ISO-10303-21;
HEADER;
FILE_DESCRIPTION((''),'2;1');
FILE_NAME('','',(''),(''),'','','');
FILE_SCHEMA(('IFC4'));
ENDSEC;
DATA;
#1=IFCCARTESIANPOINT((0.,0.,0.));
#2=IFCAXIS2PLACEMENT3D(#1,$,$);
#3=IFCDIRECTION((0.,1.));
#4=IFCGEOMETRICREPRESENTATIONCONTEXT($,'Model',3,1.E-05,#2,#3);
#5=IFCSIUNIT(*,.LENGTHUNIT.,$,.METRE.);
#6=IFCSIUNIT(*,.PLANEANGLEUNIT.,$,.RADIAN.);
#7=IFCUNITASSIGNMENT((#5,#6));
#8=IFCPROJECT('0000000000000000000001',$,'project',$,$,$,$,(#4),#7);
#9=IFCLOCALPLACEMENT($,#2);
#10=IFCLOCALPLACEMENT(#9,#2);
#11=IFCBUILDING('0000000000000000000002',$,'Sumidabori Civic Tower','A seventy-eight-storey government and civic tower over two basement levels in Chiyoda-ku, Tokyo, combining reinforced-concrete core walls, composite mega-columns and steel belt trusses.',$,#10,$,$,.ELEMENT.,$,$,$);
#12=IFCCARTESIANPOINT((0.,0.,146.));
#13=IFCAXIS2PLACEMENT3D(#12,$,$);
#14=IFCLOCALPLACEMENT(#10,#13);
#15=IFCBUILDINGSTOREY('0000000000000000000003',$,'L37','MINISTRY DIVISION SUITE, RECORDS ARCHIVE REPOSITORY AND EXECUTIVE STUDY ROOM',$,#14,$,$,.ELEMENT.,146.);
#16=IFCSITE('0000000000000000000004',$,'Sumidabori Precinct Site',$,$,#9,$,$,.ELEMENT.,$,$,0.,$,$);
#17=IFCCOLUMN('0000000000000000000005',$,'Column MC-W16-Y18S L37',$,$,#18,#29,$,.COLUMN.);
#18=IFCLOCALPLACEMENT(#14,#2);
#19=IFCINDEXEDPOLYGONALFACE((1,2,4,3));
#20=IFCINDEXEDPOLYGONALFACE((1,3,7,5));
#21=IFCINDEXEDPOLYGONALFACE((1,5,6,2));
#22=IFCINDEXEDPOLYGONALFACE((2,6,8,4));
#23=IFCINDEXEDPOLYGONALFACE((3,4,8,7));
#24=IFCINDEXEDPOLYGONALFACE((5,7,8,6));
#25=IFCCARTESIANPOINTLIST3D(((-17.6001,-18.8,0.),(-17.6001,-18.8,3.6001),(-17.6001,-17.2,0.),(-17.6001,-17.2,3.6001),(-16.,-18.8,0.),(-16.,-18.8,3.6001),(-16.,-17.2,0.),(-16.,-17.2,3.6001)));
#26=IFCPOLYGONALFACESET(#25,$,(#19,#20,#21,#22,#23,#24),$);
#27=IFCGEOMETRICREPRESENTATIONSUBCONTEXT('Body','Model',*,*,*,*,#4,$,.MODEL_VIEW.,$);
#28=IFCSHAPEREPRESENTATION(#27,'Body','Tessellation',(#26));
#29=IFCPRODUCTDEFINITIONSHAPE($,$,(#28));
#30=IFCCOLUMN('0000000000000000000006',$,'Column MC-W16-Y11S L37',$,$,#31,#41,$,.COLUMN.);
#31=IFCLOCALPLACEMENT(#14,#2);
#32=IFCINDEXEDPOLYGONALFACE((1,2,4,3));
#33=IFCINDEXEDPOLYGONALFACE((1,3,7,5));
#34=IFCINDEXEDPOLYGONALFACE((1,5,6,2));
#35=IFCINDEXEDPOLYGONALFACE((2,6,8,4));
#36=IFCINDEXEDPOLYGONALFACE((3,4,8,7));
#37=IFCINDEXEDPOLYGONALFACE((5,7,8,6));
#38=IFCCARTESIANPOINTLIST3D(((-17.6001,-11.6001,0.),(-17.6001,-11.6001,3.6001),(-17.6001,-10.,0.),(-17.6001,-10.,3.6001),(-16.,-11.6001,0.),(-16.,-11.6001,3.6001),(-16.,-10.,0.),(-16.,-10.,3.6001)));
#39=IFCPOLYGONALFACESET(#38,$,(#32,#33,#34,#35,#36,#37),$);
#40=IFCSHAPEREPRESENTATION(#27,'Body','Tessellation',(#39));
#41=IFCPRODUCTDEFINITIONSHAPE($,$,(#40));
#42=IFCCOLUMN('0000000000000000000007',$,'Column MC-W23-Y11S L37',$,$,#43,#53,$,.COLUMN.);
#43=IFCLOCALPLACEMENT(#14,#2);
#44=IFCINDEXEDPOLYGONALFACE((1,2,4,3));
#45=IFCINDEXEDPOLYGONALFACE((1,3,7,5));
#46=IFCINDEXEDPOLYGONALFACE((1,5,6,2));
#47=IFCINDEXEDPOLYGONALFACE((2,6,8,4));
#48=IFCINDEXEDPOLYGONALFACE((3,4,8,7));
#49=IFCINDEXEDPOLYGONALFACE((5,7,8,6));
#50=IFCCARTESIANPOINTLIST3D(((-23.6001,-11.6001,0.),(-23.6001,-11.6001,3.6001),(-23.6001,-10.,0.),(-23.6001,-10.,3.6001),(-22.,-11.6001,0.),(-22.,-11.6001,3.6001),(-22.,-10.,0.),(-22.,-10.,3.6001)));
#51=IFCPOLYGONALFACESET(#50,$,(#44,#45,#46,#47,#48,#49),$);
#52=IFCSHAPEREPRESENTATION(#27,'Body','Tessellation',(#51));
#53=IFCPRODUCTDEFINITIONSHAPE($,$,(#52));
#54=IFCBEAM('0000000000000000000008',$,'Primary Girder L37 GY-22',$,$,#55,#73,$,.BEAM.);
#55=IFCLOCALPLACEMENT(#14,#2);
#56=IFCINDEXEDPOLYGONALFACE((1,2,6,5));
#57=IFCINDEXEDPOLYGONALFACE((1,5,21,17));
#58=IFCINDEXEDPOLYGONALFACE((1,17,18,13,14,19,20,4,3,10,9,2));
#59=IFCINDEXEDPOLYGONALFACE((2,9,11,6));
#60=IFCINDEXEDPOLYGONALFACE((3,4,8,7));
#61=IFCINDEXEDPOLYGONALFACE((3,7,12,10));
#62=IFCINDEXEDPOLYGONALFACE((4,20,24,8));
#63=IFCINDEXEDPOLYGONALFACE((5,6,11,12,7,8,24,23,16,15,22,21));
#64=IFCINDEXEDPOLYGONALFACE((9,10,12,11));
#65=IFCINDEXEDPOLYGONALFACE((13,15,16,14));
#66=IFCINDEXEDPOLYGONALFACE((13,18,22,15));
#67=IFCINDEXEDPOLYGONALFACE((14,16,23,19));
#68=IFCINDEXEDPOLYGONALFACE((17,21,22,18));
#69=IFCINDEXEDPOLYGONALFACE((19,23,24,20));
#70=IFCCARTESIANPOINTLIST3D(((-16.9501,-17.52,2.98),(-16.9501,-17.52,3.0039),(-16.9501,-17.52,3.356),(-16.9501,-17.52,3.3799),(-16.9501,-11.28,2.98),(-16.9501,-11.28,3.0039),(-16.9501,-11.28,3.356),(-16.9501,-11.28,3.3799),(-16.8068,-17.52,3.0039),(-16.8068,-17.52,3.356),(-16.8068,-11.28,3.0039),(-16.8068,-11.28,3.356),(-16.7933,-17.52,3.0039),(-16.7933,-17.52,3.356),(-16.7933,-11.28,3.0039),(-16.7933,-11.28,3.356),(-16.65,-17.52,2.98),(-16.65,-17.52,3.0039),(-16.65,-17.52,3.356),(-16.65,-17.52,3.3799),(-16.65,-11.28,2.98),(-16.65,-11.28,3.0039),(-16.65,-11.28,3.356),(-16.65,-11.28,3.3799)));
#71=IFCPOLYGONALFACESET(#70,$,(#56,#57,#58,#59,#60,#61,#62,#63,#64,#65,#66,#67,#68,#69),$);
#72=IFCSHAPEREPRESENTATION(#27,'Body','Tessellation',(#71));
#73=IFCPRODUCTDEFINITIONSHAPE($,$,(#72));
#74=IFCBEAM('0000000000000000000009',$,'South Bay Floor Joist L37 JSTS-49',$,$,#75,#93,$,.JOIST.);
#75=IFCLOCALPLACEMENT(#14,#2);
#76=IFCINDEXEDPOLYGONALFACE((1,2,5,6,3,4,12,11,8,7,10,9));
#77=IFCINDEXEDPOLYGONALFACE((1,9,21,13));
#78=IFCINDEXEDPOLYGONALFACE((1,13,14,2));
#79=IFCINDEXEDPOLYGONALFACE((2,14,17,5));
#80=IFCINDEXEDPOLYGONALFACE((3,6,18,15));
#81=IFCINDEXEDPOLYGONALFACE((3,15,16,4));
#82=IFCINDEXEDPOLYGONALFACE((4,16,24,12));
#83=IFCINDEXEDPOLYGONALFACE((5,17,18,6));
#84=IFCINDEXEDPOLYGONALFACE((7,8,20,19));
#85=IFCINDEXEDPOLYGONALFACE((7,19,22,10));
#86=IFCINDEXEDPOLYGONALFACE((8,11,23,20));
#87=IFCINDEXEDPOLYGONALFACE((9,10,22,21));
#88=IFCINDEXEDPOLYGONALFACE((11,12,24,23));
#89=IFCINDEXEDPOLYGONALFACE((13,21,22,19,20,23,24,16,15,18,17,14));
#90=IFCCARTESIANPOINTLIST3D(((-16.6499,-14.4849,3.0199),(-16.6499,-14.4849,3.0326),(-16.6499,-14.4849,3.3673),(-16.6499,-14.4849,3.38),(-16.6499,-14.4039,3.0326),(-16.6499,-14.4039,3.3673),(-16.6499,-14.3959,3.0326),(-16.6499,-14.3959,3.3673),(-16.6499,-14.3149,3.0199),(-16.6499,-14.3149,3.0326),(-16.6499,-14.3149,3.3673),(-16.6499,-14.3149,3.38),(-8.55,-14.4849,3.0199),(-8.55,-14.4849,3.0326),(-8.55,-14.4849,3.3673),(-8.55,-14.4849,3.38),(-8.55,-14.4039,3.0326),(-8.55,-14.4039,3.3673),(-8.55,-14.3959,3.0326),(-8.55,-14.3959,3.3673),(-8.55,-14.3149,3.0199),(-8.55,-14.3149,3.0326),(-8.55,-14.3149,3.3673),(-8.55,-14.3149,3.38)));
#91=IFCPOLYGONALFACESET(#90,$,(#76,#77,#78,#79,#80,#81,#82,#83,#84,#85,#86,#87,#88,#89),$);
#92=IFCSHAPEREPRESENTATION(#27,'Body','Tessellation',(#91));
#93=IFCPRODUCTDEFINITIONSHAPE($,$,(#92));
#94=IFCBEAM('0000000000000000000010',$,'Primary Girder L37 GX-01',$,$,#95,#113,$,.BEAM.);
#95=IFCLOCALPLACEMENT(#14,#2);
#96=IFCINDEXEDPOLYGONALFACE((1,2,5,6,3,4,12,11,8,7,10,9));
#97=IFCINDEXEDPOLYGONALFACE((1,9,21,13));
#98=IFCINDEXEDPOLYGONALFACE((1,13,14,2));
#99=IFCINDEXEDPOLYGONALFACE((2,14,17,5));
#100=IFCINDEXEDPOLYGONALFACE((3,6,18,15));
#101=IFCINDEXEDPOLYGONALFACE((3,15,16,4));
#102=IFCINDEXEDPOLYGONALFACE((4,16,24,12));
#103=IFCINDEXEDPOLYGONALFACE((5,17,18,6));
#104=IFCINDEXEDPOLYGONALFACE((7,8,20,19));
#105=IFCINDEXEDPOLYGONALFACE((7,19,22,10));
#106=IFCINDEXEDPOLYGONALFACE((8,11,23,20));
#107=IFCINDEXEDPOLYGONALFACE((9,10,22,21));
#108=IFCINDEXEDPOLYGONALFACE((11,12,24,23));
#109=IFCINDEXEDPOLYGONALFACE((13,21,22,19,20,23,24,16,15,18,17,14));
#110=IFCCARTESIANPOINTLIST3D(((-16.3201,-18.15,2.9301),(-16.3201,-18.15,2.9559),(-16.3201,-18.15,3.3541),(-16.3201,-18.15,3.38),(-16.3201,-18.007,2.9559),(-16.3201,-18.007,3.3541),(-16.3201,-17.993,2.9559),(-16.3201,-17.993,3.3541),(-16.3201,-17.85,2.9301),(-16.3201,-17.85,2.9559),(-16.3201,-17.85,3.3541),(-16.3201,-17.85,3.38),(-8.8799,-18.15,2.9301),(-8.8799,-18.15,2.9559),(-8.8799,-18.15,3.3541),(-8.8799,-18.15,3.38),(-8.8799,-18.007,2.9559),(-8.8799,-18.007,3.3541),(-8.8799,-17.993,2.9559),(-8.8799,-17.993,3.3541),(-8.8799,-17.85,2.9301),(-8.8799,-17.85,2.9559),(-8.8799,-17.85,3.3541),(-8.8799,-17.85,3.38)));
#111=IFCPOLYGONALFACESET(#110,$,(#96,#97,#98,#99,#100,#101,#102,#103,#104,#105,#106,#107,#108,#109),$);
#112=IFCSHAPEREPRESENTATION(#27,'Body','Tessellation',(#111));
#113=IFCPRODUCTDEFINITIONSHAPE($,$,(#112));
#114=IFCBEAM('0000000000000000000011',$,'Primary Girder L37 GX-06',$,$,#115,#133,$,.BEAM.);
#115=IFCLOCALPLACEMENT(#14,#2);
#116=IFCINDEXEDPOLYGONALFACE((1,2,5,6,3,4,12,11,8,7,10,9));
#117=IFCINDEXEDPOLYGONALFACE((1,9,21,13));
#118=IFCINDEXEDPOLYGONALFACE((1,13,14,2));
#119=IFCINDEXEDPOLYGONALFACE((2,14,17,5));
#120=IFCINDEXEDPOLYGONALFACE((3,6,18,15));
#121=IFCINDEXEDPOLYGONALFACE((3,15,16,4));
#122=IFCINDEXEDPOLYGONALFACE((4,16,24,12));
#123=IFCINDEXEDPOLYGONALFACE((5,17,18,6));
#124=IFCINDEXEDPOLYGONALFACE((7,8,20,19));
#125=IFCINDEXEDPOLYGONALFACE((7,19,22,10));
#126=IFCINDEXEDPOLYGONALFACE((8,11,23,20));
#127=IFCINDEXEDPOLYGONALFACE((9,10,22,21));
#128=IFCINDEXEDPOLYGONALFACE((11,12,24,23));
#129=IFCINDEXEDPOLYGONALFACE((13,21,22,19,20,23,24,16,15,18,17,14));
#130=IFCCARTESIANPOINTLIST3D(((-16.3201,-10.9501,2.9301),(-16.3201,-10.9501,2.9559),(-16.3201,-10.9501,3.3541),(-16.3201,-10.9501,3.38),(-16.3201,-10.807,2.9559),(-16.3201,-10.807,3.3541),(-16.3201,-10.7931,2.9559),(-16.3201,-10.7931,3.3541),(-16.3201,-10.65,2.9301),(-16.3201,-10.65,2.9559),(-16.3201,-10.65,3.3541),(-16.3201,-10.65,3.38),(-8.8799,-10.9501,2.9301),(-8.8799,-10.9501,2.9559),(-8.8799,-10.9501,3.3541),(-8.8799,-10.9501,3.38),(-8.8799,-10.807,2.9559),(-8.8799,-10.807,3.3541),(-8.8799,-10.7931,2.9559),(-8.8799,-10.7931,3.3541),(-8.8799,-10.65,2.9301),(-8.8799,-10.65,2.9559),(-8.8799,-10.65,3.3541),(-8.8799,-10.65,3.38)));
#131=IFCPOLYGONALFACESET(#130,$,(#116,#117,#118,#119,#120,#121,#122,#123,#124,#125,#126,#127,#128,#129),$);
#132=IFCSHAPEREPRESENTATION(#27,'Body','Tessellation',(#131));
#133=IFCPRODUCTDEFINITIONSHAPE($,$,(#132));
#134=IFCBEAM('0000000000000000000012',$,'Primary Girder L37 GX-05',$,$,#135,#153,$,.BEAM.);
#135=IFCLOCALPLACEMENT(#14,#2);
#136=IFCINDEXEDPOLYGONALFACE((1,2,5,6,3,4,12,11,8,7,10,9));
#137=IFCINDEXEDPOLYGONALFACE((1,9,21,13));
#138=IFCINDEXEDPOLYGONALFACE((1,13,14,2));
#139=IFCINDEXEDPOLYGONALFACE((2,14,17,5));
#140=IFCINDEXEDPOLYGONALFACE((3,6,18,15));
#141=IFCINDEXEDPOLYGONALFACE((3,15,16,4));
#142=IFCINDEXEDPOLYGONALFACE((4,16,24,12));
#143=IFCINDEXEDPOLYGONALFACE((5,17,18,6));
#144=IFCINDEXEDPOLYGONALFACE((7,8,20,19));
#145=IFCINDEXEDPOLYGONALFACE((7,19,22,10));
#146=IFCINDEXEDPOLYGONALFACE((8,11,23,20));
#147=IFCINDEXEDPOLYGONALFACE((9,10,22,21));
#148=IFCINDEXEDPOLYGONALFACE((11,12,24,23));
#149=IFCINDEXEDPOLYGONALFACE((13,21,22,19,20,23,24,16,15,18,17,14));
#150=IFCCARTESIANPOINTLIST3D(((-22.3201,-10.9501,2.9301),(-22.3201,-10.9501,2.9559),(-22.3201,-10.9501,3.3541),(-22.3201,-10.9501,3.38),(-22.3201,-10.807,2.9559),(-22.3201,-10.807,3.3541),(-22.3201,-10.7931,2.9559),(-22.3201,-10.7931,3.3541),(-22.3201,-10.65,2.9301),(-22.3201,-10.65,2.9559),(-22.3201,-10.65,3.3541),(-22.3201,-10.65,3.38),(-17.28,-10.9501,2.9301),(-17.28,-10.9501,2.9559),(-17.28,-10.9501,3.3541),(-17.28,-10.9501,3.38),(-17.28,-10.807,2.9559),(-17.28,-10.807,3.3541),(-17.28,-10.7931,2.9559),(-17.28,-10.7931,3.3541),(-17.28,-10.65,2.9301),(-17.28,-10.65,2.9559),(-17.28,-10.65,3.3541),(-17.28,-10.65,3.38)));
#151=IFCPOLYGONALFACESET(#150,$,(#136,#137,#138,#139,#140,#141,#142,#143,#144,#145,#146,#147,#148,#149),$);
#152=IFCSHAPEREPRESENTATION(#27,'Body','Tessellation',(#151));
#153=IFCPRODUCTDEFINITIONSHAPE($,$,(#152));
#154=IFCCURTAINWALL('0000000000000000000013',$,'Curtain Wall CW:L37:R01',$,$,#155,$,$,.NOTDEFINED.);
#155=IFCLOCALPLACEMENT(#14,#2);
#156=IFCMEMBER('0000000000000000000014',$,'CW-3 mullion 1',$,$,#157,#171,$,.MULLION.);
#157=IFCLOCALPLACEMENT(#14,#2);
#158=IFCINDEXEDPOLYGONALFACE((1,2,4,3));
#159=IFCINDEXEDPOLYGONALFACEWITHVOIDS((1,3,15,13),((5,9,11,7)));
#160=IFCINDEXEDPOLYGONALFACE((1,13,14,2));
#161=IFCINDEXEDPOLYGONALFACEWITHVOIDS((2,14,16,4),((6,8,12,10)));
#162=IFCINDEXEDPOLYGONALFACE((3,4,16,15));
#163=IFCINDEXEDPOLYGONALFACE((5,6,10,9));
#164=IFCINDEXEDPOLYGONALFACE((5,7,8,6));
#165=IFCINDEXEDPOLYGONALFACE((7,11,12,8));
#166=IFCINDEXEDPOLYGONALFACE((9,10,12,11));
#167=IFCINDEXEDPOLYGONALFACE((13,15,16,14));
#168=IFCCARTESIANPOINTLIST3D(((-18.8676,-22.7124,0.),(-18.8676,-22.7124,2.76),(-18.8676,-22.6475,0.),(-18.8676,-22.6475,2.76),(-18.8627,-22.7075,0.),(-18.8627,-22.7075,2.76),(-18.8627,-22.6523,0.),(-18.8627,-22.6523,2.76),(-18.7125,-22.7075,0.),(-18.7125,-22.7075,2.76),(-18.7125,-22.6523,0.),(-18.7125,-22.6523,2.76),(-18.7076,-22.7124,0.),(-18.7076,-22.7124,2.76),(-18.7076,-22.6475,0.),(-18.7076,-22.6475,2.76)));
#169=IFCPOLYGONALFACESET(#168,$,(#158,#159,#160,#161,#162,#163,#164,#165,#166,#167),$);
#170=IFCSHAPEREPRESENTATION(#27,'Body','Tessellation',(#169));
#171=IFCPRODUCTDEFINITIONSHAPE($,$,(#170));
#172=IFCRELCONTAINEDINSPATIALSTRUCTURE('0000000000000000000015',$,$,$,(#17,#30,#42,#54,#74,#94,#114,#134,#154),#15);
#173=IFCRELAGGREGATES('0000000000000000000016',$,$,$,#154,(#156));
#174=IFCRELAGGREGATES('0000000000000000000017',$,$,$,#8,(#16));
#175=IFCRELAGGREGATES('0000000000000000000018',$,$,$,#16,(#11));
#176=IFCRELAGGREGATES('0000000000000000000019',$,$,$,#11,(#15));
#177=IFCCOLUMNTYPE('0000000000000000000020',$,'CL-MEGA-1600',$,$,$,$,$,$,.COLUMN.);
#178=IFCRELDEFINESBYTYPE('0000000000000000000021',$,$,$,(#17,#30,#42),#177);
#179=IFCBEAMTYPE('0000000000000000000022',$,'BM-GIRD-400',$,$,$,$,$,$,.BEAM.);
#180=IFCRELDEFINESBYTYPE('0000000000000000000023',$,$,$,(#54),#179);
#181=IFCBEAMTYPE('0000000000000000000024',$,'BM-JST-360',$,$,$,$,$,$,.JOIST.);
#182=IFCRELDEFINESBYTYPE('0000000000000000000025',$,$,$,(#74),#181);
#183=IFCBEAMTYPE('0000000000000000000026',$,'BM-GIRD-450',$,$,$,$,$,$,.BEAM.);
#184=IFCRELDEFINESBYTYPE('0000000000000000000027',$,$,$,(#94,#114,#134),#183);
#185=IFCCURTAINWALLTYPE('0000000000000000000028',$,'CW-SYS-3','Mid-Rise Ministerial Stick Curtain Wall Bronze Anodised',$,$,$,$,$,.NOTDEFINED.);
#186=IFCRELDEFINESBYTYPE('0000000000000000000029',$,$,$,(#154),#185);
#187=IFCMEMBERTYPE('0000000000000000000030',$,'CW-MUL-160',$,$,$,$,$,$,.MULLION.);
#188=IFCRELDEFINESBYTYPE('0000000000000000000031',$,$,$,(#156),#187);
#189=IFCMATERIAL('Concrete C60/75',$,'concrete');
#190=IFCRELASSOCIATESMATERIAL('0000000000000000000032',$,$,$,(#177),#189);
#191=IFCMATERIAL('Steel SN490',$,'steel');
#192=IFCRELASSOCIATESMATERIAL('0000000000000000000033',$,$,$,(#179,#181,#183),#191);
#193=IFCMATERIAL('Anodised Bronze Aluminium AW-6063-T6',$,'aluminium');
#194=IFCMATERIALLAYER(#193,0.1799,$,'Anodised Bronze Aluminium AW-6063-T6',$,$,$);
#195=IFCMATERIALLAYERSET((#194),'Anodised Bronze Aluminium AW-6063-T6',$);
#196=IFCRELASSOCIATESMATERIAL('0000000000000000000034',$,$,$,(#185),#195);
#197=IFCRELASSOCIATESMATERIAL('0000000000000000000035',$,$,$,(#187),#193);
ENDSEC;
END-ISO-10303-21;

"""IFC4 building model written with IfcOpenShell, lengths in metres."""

from ifc_helpers import new_model, si_unit, direction, frame, origin, origin_2d, place, context, subcontext, project, spatial, rectangle, hollow_rectangle, i_section, extrude, source, transform, mapped, material, layer, layer_set, material_profile, profile_set, type_object, element, aggregate, save


model = new_model("IFC4")

# Units and contexts
model_context = context("Model", 3, precision=1e-05, world=origin(), true_north=direction((0.0, 1.0)))
body_context = subcontext(model_context, "Body", "Model", "MODEL_VIEW")
ifc_project = project(units=[si_unit("LENGTHUNIT", "METRE"), si_unit("PLANEANGLEUNIT", "RADIAN")], contexts=[model_context])

# Site, building, storey
site_placement = place(None, origin())
site = spatial("IfcSite", under=ifc_project, at=site_placement, Name="Sumidabori Precinct Site", CompositionType="ELEMENT", RefElevation=0.0)
building_placement = place(site_placement, origin())
building = spatial("IfcBuilding", under=site, at=building_placement, Name="Sumidabori Civic Tower", Description="A seventy-eight-storey government and civic tower over two basement levels in Chiyoda-ku, Tokyo, combining reinforced-concrete core walls, composite mega-columns and steel belt trusses.", CompositionType="ELEMENT")
storey_placement = place(building_placement, frame((0.0, 0.0, 146.0)))
storey = spatial("IfcBuildingStorey", under=building, at=storey_placement, Name="L37", Description="MINISTRY DIVISION SUITE, RECORDS ARCHIVE REPOSITORY AND EXECUTIVE STUDY ROOM", CompositionType="ELEMENT", Elevation=146.0)

# Columns
ifc_material_1 = material(Name="Concrete C60/75", Category="concrete")
ifc_material_profile_1 = material_profile(ifc_material_1, rectangle(XDim=1.6001, YDim=1.6001, at=origin_2d()), Name="RC 1600x1600")
ifc_profile_set_1 = profile_set([ifc_material_profile_1], Name="Concrete C60/75")
column_type = type_object("IfcColumnType", Name="CL-MEGA-1600", PredefinedType="COLUMN", material=ifc_profile_set_1)
shared_shape_1 = source(origin(), body_context, "Body", "SweptSolid", [
    extrude(rectangle(XDim=1.6001, YDim=1.6001, at=origin_2d()), origin(), (0.0, 0.0, 1.0), 3.6001),
])
for number, where, z_axis, x_axis, name in (
    (1, (-16.8, -18.0, 0.0), (0.0, 0.0, 1.0), (1.0, 0.0, 0.0), "Column MC-W16-Y18S L37"),
    (2, (-16.8, -10.8, 0.0), (0.0, 0.0, 1.0), (1.0, 0.0, 0.0), "Column MC-W16-Y11S L37"),
    (3, (-22.8, -10.8, 0.0), (0.0, 0.0, 1.0), (1.0, 0.0, 0.0), "Column MC-W23-Y11S L37"),
):
    element("IfcColumn", number, at=place(storey_placement, frame(where, z_axis=z_axis, x_axis=x_axis)), inside=storey, type_object=column_type, Name=name, PredefinedType="COLUMN", context=body_context, shape_type="MappedRepresentation", body=[
        mapped(shared_shape_1, transform((0.0, 0.0, 0.0), x_axis=(1.0, 0.0, 0.0), y_axis=(0.0, 1.0, 0.0), z_axis=(0.0, 0.0, 1.0), scale=1.0)),
    ])

# Beams
ifc_material_2 = material(Name="Steel SN490", Category="steel")
ifc_material_profile_2 = material_profile(ifc_material_2, i_section(OverallWidth=0.3, OverallDepth=0.3999, WebThickness=0.0134, FlangeThickness=0.0239, at=origin_2d()), Name="HE 400 B")
ifc_profile_set_2 = profile_set([ifc_material_profile_2], Name="Steel SN490")
beam_type_1 = type_object("IfcBeamType", Name="BM-GIRD-400", PredefinedType="BEAM", material=ifc_profile_set_2)
shared_shape_2 = source(origin(), body_context, "Body", "SweptSolid", [
    extrude(i_section(OverallWidth=0.3, OverallDepth=0.3999, WebThickness=0.0134, FlangeThickness=0.0239, at=origin_2d()), origin(), (0.0, 0.0, 1.0), 6.24),
])
beam_1_placement = place(storey_placement, frame((-16.8, -17.52, 3.1799), z_axis=(0.0, 1.0, 0.0), x_axis=(-1.0, 0.0, 0.0)))
element("IfcBeam", 4, at=beam_1_placement, inside=storey, type_object=beam_type_1, Name="Primary Girder L37 GY-22", PredefinedType="BEAM", context=body_context, shape_type="MappedRepresentation", body=[
    mapped(shared_shape_2, transform((0.0, 0.0, 0.0), x_axis=(1.0, 0.0, 0.0), y_axis=(0.0, 1.0, 0.0), z_axis=(0.0, 0.0, 1.0), scale=1.0)),
])
ifc_material_profile_3 = material_profile(ifc_material_2, i_section(OverallWidth=0.1699, OverallDepth=0.3601, WebThickness=0.0081, FlangeThickness=0.0127, at=origin_2d()), Name="IPE 360")
ifc_profile_set_3 = profile_set([ifc_material_profile_3], Name="Steel SN490")
beam_type_2 = type_object("IfcBeamType", Name="BM-JST-360", PredefinedType="JOIST", material=ifc_profile_set_3)
shared_shape_3 = source(origin(), body_context, "Body", "SweptSolid", [
    extrude(i_section(OverallWidth=0.1699, OverallDepth=0.3601, WebThickness=0.0081, FlangeThickness=0.0127, at=origin_2d()), origin(), (0.0, 0.0, 1.0), 8.0999),
])
beam_2_placement = place(storey_placement, frame((-16.6499, -14.3999, 3.2), z_axis=(1.0, 0.0, 0.0), x_axis=(0.0, 1.0, 0.0)))
element("IfcBeam", 5, at=beam_2_placement, inside=storey, type_object=beam_type_2, Name="South Bay Floor Joist L37 JSTS-49", PredefinedType="JOIST", context=body_context, shape_type="MappedRepresentation", body=[
    mapped(shared_shape_3, transform((0.0, 0.0, 0.0), x_axis=(1.0, 0.0, 0.0), y_axis=(0.0, 1.0, 0.0), z_axis=(0.0, 0.0, 1.0), scale=1.0)),
])
ifc_material_profile_4 = material_profile(ifc_material_2, i_section(OverallWidth=0.3, OverallDepth=0.45, WebThickness=0.0139, FlangeThickness=0.0259, at=origin_2d()), Name="HE 450 B")
ifc_profile_set_4 = profile_set([ifc_material_profile_4], Name="Steel SN490")
beam_type_3 = type_object("IfcBeamType", Name="BM-GIRD-450", PredefinedType="BEAM", material=ifc_profile_set_4)
shared_shape_4 = source(origin(), body_context, "Body", "SweptSolid", [
    extrude(i_section(OverallWidth=0.3, OverallDepth=0.45, WebThickness=0.0139, FlangeThickness=0.0259, at=origin_2d()), origin(), (0.0, 0.0, 1.0), 7.4402),
])
for number, where, z_axis, x_axis, name in (
    (6, (-16.3201, -18.0, 3.155), (1.0, 0.0, 0.0), (0.0, 1.0, 0.0), "Primary Girder L37 GX-01"),
    (7, (-16.3201, -10.8, 3.155), (1.0, 0.0, 0.0), (0.0, 1.0, 0.0), "Primary Girder L37 GX-06"),
):
    element("IfcBeam", number, at=place(storey_placement, frame(where, z_axis=z_axis, x_axis=x_axis)), inside=storey, type_object=beam_type_3, Name=name, PredefinedType="BEAM", context=body_context, shape_type="MappedRepresentation", body=[
        mapped(shared_shape_4, transform((0.0, 0.0, 0.0), x_axis=(1.0, 0.0, 0.0), y_axis=(0.0, 1.0, 0.0), z_axis=(0.0, 0.0, 1.0), scale=1.0)),
    ])
shared_shape_5 = source(origin(), body_context, "Body", "SweptSolid", [
    extrude(i_section(OverallWidth=0.3, OverallDepth=0.45, WebThickness=0.0139, FlangeThickness=0.0259, at=origin_2d()), origin(), (0.0, 0.0, 1.0), 5.04),
])
beam_3_placement = place(storey_placement, frame((-22.3201, -10.8, 3.155), z_axis=(1.0, 0.0, 0.0), x_axis=(0.0, 1.0, 0.0)))
element("IfcBeam", 8, at=beam_3_placement, inside=storey, type_object=beam_type_3, Name="Primary Girder L37 GX-05", PredefinedType="BEAM", context=body_context, shape_type="MappedRepresentation", body=[
    mapped(shared_shape_5, transform((0.0, 0.0, 0.0), x_axis=(1.0, 0.0, 0.0), y_axis=(0.0, 1.0, 0.0), z_axis=(0.0, 0.0, 1.0), scale=1.0)),
])

# Curtain wall, member
ifc_material_3 = material(Name="Anodised Bronze Aluminium AW-6063-T6", Category="aluminium")
ifc_layer_1 = layer(ifc_material_3, 0.1799, Name="Anodised Bronze Aluminium AW-6063-T6")
ifc_layer_set_1 = layer_set([ifc_layer_1], Name="Anodised Bronze Aluminium AW-6063-T6")
curtain_wall_type = type_object("IfcCurtainWallType", Name="CW-SYS-3", Description="Mid-Rise Ministerial Stick Curtain Wall Bronze Anodised", PredefinedType="NOTDEFINED", material=ifc_layer_set_1)
curtain_wall_1_placement = place(storey_placement, origin())
curtain_wall_1 = element("IfcCurtainWall", 9, at=curtain_wall_1_placement, inside=storey, type_object=curtain_wall_type, Name="Curtain Wall CW:L37:R01", PredefinedType="NOTDEFINED")
ifc_material_profile_5 = material_profile(ifc_material_3, hollow_rectangle(XDim=0.0649, YDim=0.1599, WallThickness=0.0049, at=origin_2d()), Name="ALU MULLION 160x65")
ifc_profile_set_5 = profile_set([ifc_material_profile_5], Name="Anodised Bronze Aluminium AW-6063-T6")
member_type_1 = type_object("IfcMemberType", Name="CW-MUL-160", PredefinedType="MULLION", material=ifc_profile_set_5)
shared_shape_6 = source(origin(), body_context, "Body", "SweptSolid", [
    extrude(hollow_rectangle(XDim=0.0649, YDim=0.1599, WallThickness=0.0049, at=origin_2d()), origin(), (0.0, 0.0, 1.0), 2.76),
])
member_1_placement = place(storey_placement, frame((-18.7876, -22.6799, 0.0), z_axis=(0.0, 0.0, 1.0), x_axis=(0.0, 1.0, 0.0)))
member_1 = element("IfcMember", 10, at=member_1_placement, type_object=member_type_1, Name="CW-3 mullion 1", PredefinedType="MULLION", context=body_context, shape_type="MappedRepresentation", body=[
    mapped(shared_shape_6, transform((0.0, 0.0, 0.0), x_axis=(1.0, 0.0, 0.0), y_axis=(0.0, 1.0, 0.0), z_axis=(0.0, 0.0, 1.0), scale=1.0)),
])

aggregate(curtain_wall_1, [member_1])

save(model, "model.ifc")
